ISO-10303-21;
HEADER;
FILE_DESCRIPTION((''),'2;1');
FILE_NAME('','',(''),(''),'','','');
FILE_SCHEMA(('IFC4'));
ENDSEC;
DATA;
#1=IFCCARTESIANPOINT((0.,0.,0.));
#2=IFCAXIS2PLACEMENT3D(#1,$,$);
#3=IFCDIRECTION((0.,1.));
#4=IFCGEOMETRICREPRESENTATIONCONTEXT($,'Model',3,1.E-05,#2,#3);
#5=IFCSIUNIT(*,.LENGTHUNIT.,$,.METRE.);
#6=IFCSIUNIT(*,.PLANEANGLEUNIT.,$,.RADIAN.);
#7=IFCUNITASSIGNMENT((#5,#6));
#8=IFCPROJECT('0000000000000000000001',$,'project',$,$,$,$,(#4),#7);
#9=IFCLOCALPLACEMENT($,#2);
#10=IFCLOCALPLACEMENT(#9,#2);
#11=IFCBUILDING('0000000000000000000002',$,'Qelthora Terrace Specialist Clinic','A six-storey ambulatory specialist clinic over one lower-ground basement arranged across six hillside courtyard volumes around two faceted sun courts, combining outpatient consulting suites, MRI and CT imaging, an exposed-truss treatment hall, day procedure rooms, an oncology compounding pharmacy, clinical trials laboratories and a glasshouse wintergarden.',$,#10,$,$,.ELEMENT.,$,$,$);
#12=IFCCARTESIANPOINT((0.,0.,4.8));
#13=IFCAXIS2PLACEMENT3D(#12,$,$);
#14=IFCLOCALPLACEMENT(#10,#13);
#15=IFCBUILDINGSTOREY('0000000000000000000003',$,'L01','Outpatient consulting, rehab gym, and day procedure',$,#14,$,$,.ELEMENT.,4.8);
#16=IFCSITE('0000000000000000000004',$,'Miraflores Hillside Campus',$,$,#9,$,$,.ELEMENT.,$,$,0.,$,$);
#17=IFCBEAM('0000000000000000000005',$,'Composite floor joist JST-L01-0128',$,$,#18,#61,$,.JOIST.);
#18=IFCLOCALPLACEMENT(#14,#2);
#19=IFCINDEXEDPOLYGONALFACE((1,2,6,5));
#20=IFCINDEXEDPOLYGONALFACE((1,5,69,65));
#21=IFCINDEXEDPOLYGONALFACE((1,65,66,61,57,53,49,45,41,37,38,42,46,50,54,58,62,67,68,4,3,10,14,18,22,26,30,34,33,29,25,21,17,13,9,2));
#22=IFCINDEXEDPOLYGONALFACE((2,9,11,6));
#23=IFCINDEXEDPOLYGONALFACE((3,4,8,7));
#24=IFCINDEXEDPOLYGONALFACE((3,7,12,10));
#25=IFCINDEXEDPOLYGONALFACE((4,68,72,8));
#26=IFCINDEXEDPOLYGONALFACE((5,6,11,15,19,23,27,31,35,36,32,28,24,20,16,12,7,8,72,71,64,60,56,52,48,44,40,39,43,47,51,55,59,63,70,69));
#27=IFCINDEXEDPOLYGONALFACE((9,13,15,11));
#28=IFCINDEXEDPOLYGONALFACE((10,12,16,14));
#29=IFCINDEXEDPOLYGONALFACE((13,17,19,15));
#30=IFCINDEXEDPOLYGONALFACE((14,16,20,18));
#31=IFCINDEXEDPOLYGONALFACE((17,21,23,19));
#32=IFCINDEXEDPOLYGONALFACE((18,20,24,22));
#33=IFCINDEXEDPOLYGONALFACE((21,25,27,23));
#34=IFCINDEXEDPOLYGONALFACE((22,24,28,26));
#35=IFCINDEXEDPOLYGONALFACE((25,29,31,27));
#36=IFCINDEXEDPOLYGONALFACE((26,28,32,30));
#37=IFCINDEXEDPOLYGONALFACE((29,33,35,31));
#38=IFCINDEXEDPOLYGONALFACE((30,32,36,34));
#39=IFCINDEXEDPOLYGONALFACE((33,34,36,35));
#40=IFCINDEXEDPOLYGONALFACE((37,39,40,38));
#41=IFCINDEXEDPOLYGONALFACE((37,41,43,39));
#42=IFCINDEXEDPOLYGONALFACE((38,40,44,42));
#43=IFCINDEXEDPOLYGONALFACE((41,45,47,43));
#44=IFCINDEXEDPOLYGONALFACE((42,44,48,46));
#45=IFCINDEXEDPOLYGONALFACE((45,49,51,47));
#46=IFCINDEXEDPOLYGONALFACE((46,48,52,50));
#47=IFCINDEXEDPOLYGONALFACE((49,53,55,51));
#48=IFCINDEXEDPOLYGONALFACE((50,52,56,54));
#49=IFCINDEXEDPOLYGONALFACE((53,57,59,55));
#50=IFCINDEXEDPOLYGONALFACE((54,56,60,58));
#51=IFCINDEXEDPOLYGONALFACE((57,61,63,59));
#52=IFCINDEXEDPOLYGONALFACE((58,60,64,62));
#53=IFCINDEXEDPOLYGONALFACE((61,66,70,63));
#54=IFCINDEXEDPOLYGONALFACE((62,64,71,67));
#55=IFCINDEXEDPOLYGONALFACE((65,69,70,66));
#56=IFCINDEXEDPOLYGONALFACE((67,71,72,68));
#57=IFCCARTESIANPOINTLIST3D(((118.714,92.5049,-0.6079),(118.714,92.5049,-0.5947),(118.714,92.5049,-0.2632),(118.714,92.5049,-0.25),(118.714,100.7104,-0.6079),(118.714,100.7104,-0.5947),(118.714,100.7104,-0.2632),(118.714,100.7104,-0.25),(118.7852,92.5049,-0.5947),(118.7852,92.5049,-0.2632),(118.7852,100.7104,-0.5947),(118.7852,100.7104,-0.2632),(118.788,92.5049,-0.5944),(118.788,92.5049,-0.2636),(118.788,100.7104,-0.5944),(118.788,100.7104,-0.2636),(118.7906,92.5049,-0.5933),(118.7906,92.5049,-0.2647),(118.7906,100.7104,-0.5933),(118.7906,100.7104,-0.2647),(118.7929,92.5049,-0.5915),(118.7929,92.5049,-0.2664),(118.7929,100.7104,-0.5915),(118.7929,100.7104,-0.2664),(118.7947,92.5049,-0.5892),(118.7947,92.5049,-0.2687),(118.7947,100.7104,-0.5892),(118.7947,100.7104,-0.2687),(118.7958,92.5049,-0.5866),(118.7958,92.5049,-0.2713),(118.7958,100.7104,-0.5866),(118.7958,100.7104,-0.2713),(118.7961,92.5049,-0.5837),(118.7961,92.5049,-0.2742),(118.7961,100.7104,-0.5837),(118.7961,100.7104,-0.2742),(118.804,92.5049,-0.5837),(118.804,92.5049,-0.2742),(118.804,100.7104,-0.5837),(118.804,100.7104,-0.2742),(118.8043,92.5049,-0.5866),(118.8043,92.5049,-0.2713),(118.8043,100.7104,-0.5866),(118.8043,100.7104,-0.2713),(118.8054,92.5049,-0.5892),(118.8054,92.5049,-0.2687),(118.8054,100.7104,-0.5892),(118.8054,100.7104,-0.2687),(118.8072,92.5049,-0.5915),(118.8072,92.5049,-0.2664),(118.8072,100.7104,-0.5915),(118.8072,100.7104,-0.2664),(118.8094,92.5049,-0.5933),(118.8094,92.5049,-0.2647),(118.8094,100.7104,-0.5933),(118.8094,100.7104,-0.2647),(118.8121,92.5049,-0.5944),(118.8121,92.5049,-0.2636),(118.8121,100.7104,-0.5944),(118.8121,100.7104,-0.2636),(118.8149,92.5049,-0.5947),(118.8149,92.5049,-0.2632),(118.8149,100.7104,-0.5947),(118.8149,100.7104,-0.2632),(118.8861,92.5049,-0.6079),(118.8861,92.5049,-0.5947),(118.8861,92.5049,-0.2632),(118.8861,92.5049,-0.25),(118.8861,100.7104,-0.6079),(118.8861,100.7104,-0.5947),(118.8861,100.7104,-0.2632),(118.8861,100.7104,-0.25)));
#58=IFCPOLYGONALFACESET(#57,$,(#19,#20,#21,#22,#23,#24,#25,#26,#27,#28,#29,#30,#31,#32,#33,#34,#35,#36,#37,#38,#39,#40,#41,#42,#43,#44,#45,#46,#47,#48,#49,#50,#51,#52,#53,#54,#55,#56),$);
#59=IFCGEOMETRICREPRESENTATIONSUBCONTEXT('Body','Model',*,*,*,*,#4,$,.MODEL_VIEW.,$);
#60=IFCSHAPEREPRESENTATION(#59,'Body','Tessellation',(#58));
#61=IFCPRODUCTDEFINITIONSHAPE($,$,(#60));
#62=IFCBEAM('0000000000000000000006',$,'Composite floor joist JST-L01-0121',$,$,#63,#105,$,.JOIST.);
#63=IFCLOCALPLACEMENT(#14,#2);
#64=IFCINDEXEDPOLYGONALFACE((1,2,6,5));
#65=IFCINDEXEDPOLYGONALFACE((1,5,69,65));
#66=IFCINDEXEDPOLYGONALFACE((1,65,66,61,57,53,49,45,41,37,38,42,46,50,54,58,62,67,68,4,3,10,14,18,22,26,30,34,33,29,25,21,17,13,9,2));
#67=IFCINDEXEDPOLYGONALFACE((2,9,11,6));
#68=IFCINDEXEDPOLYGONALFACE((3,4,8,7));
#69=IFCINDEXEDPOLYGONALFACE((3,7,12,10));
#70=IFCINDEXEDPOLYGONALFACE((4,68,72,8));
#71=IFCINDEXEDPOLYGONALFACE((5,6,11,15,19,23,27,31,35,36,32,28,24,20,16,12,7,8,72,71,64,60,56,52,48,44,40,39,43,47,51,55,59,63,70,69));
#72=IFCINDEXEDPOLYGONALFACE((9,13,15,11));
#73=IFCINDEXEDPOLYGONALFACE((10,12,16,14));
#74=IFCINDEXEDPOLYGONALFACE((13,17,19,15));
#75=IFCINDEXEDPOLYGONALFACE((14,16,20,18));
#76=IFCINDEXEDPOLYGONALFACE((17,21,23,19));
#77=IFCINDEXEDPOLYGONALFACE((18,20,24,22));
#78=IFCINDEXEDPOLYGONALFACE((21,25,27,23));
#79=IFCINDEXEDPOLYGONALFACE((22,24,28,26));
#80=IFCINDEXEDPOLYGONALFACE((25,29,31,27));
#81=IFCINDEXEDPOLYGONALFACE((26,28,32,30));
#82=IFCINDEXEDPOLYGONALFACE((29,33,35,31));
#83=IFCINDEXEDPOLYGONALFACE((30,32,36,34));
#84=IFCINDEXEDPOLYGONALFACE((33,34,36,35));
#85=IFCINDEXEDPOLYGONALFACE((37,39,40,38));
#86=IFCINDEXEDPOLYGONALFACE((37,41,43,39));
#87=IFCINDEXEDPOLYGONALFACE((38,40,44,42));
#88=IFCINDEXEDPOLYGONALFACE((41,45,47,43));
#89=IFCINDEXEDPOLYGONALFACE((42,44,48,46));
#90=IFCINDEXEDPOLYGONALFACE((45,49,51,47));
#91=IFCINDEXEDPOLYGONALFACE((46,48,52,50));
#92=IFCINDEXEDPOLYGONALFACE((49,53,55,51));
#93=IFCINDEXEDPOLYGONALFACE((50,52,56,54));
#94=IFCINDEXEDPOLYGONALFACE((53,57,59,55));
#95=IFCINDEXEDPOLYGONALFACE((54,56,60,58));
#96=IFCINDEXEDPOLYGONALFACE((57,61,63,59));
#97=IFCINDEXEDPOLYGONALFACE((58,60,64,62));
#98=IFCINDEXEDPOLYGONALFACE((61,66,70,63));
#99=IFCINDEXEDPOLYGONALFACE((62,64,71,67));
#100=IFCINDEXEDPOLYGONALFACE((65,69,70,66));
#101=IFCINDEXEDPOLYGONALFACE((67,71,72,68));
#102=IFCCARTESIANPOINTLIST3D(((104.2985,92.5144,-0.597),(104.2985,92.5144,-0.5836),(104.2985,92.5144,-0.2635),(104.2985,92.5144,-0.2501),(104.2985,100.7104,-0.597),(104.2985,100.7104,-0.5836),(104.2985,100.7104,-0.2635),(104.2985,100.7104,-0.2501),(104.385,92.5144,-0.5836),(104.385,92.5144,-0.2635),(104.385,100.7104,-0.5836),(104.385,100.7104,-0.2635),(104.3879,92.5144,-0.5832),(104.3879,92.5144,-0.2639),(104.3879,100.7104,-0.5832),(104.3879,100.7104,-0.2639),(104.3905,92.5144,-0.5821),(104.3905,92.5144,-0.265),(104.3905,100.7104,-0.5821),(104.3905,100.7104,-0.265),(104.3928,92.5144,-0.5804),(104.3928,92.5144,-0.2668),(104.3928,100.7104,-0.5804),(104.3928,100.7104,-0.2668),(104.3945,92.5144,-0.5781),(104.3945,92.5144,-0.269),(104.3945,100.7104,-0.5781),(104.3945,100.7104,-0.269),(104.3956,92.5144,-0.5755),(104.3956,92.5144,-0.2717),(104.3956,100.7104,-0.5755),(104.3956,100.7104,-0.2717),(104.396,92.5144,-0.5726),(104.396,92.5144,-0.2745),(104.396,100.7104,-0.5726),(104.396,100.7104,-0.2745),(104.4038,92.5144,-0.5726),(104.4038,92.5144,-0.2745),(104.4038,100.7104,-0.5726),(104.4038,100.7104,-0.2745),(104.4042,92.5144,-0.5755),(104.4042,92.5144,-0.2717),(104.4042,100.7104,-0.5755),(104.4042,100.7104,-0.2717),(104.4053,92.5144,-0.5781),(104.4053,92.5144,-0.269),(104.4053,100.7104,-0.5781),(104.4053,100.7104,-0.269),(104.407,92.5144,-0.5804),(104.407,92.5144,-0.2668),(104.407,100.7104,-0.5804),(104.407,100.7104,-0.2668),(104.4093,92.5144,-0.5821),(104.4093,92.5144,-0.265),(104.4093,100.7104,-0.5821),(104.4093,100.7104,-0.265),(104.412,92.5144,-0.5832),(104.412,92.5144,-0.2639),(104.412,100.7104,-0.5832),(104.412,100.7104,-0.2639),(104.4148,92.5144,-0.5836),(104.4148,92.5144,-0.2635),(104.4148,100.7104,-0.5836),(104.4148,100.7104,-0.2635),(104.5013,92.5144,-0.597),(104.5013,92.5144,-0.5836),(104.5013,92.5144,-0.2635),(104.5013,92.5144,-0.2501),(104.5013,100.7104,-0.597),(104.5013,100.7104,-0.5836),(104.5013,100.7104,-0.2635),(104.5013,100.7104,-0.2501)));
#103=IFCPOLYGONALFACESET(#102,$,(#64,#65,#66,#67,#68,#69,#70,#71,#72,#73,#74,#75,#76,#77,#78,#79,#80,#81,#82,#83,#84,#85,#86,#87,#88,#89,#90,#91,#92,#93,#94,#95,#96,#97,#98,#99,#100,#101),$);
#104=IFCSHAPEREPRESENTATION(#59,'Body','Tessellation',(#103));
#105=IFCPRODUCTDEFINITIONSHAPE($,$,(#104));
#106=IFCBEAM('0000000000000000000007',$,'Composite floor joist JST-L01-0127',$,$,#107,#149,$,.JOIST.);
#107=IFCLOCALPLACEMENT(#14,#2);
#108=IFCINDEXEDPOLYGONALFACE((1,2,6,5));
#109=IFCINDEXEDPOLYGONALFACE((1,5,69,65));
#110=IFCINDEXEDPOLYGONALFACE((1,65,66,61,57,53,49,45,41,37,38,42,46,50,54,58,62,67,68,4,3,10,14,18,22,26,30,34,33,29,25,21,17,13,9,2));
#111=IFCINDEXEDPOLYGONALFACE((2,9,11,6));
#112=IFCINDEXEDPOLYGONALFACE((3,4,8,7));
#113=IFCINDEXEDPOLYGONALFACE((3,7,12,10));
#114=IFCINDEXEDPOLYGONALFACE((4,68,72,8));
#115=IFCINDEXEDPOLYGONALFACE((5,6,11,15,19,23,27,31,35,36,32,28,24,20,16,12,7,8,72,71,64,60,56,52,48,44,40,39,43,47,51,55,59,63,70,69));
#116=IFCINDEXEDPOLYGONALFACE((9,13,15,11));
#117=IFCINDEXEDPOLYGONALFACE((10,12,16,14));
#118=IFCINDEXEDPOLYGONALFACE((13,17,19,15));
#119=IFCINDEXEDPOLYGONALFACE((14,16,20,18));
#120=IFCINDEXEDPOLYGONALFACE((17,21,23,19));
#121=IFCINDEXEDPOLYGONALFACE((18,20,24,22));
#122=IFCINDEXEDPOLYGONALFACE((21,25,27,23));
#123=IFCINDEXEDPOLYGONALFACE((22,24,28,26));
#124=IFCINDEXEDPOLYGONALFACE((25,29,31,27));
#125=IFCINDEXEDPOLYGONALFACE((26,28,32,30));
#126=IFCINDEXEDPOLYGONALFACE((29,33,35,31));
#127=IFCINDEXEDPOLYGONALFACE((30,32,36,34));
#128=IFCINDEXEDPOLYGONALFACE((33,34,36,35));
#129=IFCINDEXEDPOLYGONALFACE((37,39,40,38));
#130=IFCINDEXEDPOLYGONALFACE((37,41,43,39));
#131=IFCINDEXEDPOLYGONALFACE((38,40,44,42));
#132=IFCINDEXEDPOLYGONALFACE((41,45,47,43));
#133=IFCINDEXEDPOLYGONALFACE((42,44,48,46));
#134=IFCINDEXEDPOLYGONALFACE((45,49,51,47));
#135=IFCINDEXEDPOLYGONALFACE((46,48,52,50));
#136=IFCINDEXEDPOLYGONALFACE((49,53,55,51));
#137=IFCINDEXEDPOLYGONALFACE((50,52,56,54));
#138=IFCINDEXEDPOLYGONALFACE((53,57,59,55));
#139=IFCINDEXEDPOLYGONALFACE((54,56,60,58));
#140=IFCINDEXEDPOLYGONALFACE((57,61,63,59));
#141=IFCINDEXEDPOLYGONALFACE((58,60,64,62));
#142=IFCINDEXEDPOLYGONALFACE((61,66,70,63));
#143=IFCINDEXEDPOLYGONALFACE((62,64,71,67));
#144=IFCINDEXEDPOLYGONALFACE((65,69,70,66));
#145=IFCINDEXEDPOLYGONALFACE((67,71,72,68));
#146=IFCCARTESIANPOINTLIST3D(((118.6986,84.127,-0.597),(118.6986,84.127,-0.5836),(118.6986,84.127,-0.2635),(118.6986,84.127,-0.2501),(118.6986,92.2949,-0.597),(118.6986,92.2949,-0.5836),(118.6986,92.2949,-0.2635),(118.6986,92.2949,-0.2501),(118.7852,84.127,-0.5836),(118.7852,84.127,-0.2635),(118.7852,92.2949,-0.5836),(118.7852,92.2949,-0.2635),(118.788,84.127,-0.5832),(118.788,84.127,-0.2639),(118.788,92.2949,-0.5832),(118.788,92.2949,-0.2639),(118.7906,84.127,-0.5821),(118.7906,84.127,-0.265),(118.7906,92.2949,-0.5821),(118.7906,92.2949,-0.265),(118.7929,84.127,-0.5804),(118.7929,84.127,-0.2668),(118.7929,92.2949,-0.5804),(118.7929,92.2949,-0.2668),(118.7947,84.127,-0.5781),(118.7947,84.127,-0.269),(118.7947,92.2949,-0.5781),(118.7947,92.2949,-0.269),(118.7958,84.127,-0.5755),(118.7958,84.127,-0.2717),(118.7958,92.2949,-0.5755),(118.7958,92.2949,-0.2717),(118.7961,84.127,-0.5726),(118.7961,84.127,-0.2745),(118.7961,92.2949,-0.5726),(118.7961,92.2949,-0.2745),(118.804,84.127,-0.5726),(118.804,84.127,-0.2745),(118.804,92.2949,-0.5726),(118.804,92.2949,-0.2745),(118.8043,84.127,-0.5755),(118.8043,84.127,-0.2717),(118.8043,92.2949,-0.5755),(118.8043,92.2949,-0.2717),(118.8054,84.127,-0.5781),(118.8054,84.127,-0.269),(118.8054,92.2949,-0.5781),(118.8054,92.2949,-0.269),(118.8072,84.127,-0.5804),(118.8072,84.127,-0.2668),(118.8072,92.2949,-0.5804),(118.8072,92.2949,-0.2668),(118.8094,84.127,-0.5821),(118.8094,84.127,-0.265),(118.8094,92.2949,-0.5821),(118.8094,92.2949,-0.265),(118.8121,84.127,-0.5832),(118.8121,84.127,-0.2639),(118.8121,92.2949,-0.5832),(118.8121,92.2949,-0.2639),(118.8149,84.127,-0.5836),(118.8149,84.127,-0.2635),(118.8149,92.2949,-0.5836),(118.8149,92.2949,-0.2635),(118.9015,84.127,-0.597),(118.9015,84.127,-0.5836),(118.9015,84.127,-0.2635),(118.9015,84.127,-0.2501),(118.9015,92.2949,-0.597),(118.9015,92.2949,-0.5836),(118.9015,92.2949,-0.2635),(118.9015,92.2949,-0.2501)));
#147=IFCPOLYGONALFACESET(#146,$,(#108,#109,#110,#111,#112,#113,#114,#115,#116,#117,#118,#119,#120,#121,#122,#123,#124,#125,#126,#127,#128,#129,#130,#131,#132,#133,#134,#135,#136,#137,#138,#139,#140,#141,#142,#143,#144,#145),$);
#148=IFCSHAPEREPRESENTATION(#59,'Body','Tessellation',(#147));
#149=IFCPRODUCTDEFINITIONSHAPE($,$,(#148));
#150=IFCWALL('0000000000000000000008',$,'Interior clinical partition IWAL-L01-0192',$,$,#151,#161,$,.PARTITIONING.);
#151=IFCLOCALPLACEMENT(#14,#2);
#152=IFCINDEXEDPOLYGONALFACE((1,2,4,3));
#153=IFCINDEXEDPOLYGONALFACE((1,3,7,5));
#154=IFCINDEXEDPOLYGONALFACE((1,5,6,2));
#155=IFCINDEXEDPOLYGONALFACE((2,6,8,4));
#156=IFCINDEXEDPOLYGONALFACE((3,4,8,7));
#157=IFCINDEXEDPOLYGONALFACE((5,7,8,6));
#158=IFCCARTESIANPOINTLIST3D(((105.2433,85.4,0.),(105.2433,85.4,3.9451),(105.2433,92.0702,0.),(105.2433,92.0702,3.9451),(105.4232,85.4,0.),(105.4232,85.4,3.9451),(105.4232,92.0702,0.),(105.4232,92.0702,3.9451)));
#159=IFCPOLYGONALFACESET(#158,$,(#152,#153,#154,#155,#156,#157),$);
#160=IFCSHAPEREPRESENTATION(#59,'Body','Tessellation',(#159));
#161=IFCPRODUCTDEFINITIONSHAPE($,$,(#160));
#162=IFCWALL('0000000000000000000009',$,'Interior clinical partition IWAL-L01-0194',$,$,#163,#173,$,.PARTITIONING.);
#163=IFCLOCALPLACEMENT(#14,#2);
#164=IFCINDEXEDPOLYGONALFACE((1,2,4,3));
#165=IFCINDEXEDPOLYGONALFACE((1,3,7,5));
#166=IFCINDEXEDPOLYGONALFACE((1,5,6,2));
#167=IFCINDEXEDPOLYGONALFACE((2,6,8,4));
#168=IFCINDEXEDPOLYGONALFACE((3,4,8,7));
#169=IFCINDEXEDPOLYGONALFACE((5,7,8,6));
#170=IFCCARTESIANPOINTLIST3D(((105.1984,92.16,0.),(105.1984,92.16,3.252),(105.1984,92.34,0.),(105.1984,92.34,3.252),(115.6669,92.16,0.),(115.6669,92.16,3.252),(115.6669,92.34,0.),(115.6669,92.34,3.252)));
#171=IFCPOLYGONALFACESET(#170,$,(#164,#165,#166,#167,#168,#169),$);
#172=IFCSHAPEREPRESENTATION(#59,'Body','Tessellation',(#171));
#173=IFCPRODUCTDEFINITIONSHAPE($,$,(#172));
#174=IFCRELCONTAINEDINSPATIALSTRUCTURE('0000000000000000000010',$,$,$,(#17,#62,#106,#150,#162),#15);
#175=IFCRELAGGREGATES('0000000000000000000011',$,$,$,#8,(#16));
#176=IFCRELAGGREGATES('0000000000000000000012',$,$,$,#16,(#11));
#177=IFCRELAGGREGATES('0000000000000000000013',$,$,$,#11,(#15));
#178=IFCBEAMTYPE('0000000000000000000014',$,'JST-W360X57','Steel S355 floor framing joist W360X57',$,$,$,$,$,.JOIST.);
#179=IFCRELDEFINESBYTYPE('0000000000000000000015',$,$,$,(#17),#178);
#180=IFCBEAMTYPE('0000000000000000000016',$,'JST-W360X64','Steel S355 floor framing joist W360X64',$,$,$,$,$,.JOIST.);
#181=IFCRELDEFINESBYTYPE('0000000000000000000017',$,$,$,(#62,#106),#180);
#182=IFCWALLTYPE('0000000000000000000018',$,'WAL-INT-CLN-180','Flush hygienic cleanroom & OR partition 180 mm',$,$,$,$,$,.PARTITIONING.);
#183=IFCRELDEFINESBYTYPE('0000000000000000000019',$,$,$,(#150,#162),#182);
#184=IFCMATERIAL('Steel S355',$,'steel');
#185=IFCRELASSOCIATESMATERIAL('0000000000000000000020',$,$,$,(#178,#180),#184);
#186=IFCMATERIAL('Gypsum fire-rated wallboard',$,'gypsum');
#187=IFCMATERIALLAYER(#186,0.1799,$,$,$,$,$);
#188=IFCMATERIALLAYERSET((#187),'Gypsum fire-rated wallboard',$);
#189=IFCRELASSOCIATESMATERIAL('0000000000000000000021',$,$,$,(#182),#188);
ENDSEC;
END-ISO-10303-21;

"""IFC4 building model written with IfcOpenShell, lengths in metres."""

from ifc_helpers import new_model, si_unit, direction, frame, frame_2d, origin, origin_2d, place, context, subcontext, project, spatial, rectangle, i_section, extrude, material, layer, layer_set, material_profile, profile_set, type_object, element, save


model = new_model("IFC4")

# Units and contexts
model_context = context("Model", 3, precision=1e-05, world=origin(), true_north=direction((0.0, 1.0)))
body_context = subcontext(model_context, "Body", "Model", "MODEL_VIEW")
ifc_project = project(units=[si_unit("LENGTHUNIT", "METRE"), si_unit("PLANEANGLEUNIT", "RADIAN")], contexts=[model_context])

# Site, building, storey
site_placement = place(None, origin())
site = spatial("IfcSite", under=ifc_project, at=site_placement, Name="Miraflores Hillside Campus", CompositionType="ELEMENT", RefElevation=0.0)
building_placement = place(site_placement, origin())
building = spatial("IfcBuilding", under=site, at=building_placement, Name="Qelthora Terrace Specialist Clinic", Description="A six-storey ambulatory specialist clinic over one lower-ground basement arranged across six hillside courtyard volumes around two faceted sun courts, combining outpatient consulting suites, MRI and CT imaging, an exposed-truss treatment hall, day procedure rooms, an oncology compounding pharmacy, clinical trials laboratories and a glasshouse wintergarden.", CompositionType="ELEMENT")
storey_placement = place(building_placement, frame((0.0, 0.0, 4.8)))
storey = spatial("IfcBuildingStorey", under=building, at=storey_placement, Name="L01", Description="Outpatient consulting, rehab gym, and day procedure", CompositionType="ELEMENT", Elevation=4.8)

# Shared definitions
ifc_material_1 = material(Name="Steel S355", Category="steel")

# Beams
ifc_material_profile_1 = material_profile(ifc_material_1, i_section(OverallWidth=0.1721, OverallDepth=0.3579, WebThickness=0.0078, FlangeThickness=0.0132, FilletRadius=0.011, at=origin_2d()), Name="W360X57")
ifc_profile_set_1 = profile_set([ifc_material_profile_1], Name="Steel S355")
beam_type_1 = type_object("IfcBeamType", Name="JST-W360X57", Description="Steel S355 floor framing joist W360X57", PredefinedType="JOIST", material=ifc_profile_set_1)
beam_1_placement = place(storey_placement, frame((118.8, 92.5049, -0.429), z_axis=(0.0, 1.0, 0.0), x_axis=(-1.0, 0.0, 0.0)))
element("IfcBeam", 1, at=beam_1_placement, inside=storey, type_object=beam_type_1, Name="Composite floor joist JST-L01-0128", PredefinedType="JOIST", context=body_context, shape_type="SweptSolid", body=[
    extrude(i_section(OverallWidth=0.1721, OverallDepth=0.3579, WebThickness=0.0078, FlangeThickness=0.0132, FilletRadius=0.011, at=origin_2d()), origin(), (0.0, 0.0, 1.0), 8.2056),
])
ifc_material_profile_2 = material_profile(ifc_material_1, i_section(OverallWidth=0.2029, OverallDepth=0.3469, WebThickness=0.0078, FlangeThickness=0.0134, FilletRadius=0.011, at=origin_2d()), Name="W360X64")
ifc_profile_set_2 = profile_set([ifc_material_profile_2], Name="Steel S355")
beam_type_2 = type_object("IfcBeamType", Name="JST-W360X64", Description="Steel S355 floor framing joist W360X64", PredefinedType="JOIST", material=ifc_profile_set_2)
beam_2_placement = place(storey_placement, frame((104.3999, 92.5144, -0.4236), z_axis=(0.0, 1.0, 0.0), x_axis=(-1.0, 0.0, 0.0)))
element("IfcBeam", 2, at=beam_2_placement, inside=storey, type_object=beam_type_2, Name="Composite floor joist JST-L01-0121", PredefinedType="JOIST", context=body_context, shape_type="SweptSolid", body=[
    extrude(i_section(OverallWidth=0.2029, OverallDepth=0.3469, WebThickness=0.0078, FlangeThickness=0.0134, FilletRadius=0.011, at=origin_2d()), origin(), (0.0, 0.0, 1.0), 8.196),
])
beam_3_placement = place(storey_placement, frame((118.8, 84.127, -0.4236), z_axis=(0.0, 1.0, 0.0), x_axis=(-1.0, 0.0, 0.0)))
element("IfcBeam", 3, at=beam_3_placement, inside=storey, type_object=beam_type_2, Name="Composite floor joist JST-L01-0127", PredefinedType="JOIST", context=body_context, shape_type="SweptSolid", body=[
    extrude(i_section(OverallWidth=0.2029, OverallDepth=0.3469, WebThickness=0.0078, FlangeThickness=0.0134, FilletRadius=0.011, at=origin_2d()), origin(), (0.0, 0.0, 1.0), 8.168),
])

# Walls
ifc_material_2 = material(Name="Gypsum fire-rated wallboard", Category="gypsum")
ifc_layer_1 = layer(ifc_material_2, 0.1799)
ifc_layer_set_1 = layer_set([ifc_layer_1], Name="Gypsum fire-rated wallboard")
wall_type_1 = type_object("IfcWallType", Name="WAL-INT-CLN-180", Description="Flush hygienic cleanroom & OR partition 180 mm", PredefinedType="PARTITIONING", material=ifc_layer_set_1)
wall_1_placement = place(storey_placement, frame((105.3333, 92.0701, 0.0), z_axis=(0.0, 0.0, 1.0), x_axis=(0.0, -1.0, 0.0)))
element("IfcWall", 4, at=wall_1_placement, inside=storey, type_object=wall_type_1, Name="Interior clinical partition IWAL-L01-0192", PredefinedType="PARTITIONING", context=body_context, shape_type="SweptSolid", body=[
    extrude(rectangle(XDim=6.6702, YDim=0.1799, at=frame_2d((3.335, 0.0))), origin(), (0.0, 0.0, 1.0), 3.9451),
])
wall_2_placement = place(storey_placement, frame((105.1982, 92.25, 0.0), z_axis=(0.0, 0.0, 1.0), x_axis=(1.0, 0.0, 0.0)))
element("IfcWall", 5, at=wall_2_placement, inside=storey, type_object=wall_type_1, Name="Interior clinical partition IWAL-L01-0194", PredefinedType="PARTITIONING", context=body_context, shape_type="SweptSolid", body=[
    extrude(rectangle(XDim=10.4685, YDim=0.1799, at=frame_2d((5.2344, 0.0))), origin(), (0.0, 0.0, 1.0), 3.252),
])

save(model, "model.ifc")
